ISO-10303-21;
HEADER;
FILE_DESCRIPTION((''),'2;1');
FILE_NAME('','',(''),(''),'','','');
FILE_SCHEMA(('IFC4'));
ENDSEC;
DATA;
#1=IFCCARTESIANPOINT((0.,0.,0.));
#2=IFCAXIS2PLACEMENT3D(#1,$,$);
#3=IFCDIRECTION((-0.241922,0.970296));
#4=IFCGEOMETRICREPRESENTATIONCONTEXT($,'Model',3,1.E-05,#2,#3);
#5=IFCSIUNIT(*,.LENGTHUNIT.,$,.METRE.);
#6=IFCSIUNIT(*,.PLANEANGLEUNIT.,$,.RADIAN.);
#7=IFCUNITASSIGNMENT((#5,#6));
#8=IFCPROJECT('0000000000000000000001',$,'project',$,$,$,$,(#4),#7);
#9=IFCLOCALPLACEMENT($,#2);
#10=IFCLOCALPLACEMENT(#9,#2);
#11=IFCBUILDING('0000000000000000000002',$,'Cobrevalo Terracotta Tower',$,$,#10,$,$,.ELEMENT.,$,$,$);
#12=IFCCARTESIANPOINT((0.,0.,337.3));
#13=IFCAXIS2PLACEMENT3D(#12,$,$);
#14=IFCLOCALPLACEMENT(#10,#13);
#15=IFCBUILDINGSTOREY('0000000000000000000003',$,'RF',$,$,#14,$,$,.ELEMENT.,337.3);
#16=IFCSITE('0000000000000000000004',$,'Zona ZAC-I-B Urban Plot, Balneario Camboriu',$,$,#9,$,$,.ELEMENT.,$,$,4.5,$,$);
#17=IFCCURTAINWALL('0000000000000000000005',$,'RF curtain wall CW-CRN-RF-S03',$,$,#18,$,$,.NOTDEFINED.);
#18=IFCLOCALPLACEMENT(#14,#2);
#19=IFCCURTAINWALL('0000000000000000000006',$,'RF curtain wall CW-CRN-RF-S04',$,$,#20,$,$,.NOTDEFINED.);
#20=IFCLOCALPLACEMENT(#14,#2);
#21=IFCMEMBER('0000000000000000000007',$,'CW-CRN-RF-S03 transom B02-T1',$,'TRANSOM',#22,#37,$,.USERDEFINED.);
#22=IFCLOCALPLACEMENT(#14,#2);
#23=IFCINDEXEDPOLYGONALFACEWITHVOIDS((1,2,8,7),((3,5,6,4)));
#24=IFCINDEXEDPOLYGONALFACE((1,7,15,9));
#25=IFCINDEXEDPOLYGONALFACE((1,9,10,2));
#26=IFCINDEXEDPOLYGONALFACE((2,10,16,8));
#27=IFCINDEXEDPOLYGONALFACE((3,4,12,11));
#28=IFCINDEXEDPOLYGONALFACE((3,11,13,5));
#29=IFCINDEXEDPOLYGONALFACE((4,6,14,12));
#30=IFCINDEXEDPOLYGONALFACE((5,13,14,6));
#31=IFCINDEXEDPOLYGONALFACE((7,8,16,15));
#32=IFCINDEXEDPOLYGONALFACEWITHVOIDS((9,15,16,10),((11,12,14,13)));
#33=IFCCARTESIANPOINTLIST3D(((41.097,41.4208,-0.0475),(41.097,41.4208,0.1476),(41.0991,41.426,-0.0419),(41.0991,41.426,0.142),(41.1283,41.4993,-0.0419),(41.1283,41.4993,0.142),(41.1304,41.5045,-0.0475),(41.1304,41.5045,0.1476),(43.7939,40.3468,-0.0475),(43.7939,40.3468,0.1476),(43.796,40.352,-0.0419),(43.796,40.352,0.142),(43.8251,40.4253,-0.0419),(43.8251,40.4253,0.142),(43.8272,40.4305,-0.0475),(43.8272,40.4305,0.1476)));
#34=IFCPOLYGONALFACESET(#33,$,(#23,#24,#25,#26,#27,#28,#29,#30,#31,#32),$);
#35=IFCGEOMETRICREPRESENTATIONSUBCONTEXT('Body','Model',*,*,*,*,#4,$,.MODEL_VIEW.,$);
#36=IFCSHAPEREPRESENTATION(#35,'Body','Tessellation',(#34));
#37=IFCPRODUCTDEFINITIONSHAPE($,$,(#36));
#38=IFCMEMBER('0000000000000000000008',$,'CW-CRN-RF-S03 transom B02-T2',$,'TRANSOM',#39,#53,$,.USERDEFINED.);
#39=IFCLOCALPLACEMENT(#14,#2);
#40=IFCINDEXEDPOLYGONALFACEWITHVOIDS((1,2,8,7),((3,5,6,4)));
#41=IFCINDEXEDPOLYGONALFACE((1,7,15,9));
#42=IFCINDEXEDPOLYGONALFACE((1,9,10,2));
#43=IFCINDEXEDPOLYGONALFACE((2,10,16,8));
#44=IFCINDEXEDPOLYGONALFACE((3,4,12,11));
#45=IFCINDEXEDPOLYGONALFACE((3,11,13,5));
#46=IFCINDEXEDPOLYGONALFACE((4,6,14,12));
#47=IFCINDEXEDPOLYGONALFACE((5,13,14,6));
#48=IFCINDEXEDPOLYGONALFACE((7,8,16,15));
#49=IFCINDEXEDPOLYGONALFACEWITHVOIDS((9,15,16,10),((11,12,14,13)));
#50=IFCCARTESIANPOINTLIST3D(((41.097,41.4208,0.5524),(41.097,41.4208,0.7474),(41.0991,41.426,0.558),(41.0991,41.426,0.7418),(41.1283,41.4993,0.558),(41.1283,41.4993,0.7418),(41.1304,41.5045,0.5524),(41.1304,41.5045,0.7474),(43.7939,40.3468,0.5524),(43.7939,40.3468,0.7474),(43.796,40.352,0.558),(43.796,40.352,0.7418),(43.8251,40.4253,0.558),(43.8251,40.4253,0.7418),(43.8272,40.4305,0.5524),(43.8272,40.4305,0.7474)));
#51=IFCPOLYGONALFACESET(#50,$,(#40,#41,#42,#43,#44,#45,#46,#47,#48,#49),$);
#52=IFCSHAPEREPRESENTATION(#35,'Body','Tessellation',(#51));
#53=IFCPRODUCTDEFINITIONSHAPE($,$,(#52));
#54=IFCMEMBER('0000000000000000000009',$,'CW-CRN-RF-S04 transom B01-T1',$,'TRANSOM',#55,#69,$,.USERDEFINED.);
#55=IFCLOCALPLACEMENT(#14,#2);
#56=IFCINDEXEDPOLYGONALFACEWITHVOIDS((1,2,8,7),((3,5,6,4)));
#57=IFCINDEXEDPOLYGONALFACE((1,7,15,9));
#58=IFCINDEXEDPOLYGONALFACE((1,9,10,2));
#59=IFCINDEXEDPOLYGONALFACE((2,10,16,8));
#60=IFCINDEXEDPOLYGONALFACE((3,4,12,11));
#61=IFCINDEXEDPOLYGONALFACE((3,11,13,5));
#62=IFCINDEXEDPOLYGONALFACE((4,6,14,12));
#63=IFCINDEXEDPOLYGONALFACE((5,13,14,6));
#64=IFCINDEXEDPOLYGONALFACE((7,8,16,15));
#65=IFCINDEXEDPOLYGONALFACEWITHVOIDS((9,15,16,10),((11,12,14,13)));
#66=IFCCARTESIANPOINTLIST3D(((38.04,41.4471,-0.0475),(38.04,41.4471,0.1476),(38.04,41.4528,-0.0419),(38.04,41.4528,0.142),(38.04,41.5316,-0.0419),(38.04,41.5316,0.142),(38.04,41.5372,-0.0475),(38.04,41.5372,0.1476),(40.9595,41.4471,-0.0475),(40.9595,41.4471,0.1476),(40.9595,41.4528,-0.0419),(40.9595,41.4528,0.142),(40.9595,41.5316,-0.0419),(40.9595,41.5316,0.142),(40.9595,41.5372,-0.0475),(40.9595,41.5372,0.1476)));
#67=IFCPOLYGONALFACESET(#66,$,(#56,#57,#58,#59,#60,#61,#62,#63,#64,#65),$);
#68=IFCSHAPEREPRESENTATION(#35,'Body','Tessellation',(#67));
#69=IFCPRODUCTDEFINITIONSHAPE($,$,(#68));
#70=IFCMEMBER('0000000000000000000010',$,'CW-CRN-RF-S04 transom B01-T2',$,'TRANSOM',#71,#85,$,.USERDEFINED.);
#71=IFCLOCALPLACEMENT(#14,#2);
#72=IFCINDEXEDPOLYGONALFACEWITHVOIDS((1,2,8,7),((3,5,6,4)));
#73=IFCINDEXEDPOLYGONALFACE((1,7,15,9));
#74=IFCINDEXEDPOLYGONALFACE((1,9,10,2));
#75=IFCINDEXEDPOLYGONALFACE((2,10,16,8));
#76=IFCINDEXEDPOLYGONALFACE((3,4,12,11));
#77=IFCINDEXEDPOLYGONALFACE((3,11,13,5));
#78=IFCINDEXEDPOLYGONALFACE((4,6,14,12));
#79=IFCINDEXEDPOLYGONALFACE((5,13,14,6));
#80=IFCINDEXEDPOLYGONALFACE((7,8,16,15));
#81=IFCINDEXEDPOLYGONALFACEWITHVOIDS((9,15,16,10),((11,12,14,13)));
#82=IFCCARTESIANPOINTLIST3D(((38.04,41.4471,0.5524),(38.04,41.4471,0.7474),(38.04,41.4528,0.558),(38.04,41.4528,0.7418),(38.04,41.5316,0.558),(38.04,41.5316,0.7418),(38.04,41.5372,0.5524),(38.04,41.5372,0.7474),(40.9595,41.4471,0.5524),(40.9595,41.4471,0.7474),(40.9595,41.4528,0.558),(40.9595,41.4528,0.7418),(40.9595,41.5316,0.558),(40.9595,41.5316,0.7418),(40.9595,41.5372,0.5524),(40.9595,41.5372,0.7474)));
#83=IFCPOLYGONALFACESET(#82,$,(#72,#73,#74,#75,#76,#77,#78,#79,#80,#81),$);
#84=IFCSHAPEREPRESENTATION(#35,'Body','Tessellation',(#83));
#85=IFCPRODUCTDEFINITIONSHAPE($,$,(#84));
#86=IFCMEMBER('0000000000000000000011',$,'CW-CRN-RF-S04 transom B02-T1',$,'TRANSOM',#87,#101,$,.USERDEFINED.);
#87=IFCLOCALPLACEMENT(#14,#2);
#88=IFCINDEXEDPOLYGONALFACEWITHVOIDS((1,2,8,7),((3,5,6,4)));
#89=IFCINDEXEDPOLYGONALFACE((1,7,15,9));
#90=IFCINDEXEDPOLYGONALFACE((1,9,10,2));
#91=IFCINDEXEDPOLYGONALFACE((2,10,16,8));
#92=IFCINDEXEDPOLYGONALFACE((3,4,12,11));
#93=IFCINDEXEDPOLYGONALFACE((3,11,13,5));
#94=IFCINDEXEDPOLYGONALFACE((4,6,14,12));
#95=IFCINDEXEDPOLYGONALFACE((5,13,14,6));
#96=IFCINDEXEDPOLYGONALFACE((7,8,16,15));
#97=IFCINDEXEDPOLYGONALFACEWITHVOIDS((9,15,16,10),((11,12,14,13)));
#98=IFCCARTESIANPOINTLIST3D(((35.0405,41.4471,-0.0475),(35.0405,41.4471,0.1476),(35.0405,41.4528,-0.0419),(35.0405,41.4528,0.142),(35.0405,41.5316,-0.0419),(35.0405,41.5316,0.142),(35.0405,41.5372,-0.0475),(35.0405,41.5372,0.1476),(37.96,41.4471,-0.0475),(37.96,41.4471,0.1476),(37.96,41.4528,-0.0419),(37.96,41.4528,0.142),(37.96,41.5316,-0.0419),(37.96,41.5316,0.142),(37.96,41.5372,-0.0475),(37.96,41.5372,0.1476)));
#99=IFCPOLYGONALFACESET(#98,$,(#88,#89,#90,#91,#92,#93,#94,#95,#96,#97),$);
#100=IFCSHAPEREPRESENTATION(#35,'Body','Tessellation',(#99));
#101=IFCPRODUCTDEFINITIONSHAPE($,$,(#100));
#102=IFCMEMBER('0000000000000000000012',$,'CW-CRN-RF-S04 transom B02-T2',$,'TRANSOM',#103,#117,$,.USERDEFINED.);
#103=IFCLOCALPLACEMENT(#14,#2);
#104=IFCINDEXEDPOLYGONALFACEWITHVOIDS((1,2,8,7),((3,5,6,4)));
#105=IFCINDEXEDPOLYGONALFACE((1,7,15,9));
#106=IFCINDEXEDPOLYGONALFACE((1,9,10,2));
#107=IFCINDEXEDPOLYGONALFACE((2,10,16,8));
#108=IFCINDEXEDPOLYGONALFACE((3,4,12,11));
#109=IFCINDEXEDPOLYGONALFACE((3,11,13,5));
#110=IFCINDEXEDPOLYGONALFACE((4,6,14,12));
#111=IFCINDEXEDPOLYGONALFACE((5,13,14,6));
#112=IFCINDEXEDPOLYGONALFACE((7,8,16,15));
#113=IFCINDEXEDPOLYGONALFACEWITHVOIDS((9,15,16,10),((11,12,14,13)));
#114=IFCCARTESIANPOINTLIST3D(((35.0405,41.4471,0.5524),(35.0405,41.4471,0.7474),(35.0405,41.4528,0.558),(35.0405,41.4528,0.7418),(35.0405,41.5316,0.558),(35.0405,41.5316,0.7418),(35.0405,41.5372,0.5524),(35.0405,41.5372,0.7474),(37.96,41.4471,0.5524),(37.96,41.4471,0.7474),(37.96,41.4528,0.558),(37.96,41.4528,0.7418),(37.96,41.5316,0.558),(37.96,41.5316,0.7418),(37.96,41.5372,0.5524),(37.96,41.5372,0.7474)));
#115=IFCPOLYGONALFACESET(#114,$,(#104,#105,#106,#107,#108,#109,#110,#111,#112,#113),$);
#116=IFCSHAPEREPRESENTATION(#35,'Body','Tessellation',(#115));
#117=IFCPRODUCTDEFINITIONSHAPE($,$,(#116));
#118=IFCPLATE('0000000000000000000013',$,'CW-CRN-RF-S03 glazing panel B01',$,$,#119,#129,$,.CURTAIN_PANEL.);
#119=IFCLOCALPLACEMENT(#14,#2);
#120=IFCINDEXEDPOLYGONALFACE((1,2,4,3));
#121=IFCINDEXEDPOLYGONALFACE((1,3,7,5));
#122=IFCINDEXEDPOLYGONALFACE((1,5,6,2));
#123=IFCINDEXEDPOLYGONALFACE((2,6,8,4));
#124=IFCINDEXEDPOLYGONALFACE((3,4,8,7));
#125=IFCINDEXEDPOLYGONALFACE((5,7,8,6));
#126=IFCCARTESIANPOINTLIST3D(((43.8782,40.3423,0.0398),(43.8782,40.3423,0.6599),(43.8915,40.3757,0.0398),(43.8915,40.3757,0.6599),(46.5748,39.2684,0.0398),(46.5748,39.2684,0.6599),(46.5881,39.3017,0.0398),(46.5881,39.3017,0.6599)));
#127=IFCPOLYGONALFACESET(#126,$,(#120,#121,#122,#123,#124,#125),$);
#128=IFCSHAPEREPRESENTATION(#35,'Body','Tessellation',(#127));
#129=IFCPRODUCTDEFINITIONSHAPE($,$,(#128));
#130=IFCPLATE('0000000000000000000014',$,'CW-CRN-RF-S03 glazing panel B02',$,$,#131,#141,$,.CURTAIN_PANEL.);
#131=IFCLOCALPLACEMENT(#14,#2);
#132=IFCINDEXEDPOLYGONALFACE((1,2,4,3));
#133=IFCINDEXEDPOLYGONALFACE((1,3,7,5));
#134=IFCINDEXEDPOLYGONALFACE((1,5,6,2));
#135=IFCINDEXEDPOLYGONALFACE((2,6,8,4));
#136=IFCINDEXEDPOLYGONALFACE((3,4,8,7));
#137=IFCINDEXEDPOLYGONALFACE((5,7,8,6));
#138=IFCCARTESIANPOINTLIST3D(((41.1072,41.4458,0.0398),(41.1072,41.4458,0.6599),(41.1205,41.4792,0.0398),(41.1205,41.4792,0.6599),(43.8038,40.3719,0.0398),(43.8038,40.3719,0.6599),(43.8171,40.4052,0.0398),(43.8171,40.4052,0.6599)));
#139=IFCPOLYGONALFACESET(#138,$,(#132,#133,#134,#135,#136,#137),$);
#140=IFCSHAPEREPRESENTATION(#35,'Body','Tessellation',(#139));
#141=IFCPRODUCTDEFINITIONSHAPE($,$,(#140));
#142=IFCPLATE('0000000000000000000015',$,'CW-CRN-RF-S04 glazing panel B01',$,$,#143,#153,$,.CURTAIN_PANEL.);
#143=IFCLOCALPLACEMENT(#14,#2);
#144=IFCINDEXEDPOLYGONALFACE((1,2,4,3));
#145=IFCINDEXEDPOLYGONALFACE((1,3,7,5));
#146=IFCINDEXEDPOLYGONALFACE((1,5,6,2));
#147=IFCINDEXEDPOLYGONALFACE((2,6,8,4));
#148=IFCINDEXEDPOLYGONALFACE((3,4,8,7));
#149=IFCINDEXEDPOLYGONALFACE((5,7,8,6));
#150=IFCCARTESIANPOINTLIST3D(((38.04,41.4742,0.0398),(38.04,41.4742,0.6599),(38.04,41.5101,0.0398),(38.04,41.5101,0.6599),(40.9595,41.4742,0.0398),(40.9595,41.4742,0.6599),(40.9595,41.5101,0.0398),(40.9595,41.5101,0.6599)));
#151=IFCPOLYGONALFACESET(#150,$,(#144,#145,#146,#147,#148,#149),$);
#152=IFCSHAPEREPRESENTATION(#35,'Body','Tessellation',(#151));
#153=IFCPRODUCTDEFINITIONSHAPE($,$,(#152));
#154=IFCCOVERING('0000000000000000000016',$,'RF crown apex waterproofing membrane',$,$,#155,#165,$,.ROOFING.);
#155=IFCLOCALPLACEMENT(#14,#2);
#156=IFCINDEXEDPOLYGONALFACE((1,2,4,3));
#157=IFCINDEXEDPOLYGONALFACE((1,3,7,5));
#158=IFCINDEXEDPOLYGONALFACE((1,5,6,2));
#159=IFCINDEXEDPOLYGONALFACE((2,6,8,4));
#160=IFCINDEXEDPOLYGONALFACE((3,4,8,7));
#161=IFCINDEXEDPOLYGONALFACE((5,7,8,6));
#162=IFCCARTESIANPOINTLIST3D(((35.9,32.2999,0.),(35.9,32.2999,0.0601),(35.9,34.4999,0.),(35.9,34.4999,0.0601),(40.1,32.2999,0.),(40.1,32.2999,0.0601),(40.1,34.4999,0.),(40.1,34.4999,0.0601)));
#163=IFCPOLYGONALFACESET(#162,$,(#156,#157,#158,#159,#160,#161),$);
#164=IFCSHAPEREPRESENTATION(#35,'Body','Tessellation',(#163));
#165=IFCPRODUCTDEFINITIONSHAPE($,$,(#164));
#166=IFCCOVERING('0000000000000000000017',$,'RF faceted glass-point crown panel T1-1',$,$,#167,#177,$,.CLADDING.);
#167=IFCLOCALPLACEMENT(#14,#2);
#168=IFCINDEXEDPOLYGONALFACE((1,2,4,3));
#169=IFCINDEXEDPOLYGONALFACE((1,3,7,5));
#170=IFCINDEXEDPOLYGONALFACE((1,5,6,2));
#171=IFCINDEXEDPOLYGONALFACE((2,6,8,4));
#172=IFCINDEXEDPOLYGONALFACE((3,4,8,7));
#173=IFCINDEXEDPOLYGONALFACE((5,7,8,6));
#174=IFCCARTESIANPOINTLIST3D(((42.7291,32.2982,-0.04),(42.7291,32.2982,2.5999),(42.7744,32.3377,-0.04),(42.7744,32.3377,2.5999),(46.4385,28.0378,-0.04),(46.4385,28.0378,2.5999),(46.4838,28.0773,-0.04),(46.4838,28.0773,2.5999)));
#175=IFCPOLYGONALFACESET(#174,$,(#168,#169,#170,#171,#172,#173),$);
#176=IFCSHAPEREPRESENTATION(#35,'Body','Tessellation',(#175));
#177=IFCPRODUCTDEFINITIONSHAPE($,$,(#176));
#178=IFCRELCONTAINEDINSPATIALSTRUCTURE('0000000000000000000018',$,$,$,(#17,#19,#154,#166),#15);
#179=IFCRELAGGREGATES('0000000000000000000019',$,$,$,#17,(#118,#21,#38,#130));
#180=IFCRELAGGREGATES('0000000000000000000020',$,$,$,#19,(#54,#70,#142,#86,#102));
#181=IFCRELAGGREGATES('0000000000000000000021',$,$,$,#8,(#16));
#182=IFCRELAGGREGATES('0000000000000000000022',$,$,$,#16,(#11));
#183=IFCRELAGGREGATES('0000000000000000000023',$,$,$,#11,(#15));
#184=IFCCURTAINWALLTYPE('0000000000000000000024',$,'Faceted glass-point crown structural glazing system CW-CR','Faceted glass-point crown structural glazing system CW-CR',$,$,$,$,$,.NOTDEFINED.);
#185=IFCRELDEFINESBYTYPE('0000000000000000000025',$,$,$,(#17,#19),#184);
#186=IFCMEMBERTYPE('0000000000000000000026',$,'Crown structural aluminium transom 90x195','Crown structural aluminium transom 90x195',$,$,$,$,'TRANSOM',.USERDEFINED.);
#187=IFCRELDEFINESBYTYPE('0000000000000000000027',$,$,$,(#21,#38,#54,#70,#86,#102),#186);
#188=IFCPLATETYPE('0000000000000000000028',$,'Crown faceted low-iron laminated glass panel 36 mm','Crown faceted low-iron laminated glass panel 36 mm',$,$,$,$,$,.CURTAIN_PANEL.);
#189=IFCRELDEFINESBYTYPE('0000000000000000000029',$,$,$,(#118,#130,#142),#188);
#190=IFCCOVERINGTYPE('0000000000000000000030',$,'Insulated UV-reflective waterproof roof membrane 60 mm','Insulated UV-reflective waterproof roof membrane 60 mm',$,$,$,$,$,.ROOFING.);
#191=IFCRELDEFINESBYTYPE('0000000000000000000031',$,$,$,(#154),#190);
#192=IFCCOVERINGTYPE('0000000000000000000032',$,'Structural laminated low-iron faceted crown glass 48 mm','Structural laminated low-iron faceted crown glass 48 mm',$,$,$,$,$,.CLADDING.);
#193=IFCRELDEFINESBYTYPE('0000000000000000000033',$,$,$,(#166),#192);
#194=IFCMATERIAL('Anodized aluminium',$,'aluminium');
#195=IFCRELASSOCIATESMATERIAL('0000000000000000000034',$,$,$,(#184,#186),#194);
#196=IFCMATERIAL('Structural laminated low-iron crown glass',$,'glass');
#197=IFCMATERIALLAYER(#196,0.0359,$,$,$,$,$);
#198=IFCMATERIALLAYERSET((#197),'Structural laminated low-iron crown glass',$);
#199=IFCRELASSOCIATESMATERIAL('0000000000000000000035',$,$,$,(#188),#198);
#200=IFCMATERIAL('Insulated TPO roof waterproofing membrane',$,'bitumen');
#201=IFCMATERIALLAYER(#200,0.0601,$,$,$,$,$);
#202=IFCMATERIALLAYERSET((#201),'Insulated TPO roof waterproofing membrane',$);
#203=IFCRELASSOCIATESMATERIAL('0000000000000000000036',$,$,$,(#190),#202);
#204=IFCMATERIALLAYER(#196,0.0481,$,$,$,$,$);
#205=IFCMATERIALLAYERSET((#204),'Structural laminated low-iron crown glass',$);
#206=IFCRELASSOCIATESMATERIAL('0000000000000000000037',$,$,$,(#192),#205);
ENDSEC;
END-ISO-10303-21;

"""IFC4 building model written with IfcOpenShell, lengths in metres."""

from ifc_helpers import new_model, si_unit, direction, frame, origin, origin_2d, place, context, subcontext, project, spatial, rectangle, hollow_rectangle, extrude, source, transform, mapped, material, layer, layer_set, material_profile, profile_set, type_object, element, aggregate, save


model = new_model("IFC4")

# Units and contexts
model_context = context("Model", 3, precision=1e-05, world=origin(), true_north=direction((-0.241922, 0.970296)))
body_context = subcontext(model_context, "Body", "Model", "MODEL_VIEW")
ifc_project = project(units=[si_unit("LENGTHUNIT", "METRE"), si_unit("PLANEANGLEUNIT", "RADIAN")], contexts=[model_context])

# Site, building, storey
site_placement = place(None, origin())
site = spatial("IfcSite", under=ifc_project, at=site_placement, Name="Zona ZAC-I-B Urban Plot, Balneario Camboriu", CompositionType="ELEMENT", RefElevation=4.5)
building_placement = place(site_placement, origin())
building = spatial("IfcBuilding", under=site, at=building_placement, Name="Cobrevalo Terracotta Tower", CompositionType="ELEMENT")
storey_placement = place(building_placement, frame((0.0, 0.0, 337.3)))
storey = spatial("IfcBuildingStorey", under=building, at=storey_placement, Name="RF", CompositionType="ELEMENT", Elevation=337.3)

# Curtain walls
ifc_material_1 = material(Name="Anodized aluminium", Category="aluminium")
curtain_wall_type = type_object("IfcCurtainWallType", Name="Faceted glass-point crown structural glazing system CW-CR", Description="Faceted glass-point crown structural glazing system CW-CR", PredefinedType="NOTDEFINED", material=ifc_material_1)
curtain_wall_1_placement = place(storey_placement, origin())
curtain_wall_1 = element("IfcCurtainWall", 1, at=curtain_wall_1_placement, inside=storey, type_object=curtain_wall_type, Name="RF curtain wall CW-CRN-RF-S03", PredefinedType="NOTDEFINED")
curtain_wall_2_placement = place(storey_placement, origin())
curtain_wall_2 = element("IfcCurtainWall", 2, at=curtain_wall_2_placement, inside=storey, type_object=curtain_wall_type, Name="RF curtain wall CW-CRN-RF-S04", PredefinedType="NOTDEFINED")

# Members
ifc_material_profile_1 = material_profile(ifc_material_1, hollow_rectangle(XDim=0.0901, YDim=0.1951, WallThickness=0.0056, at=origin_2d()), Name="CWT 90x195")
ifc_profile_set_1 = profile_set([ifc_material_profile_1], Name="Anodized aluminium")
member_type_1 = type_object("IfcMemberType", Name="Crown structural aluminium transom 90x195", Description="Crown structural aluminium transom 90x195", ElementType="TRANSOM", PredefinedType="USERDEFINED", material=ifc_profile_set_1)
shared_shape_1 = source(origin(), body_context, "Body", "SweptSolid", [
    extrude(hollow_rectangle(XDim=0.0901, YDim=0.1951, WallThickness=0.0056, at=origin_2d()), origin(), (0.0, 0.0, 1.0), 2.9028),
])
member_1_placement = place(storey_placement, frame((43.8105, 40.3887, 0.05), z_axis=(-0.929038, 0.369984, 0.0), x_axis=(-0.369984, -0.929038, 0.0)))
member_1 = element("IfcMember", 3, at=member_1_placement, type_object=member_type_1, Name="CW-CRN-RF-S03 transom B02-T1", ObjectType="TRANSOM", PredefinedType="USERDEFINED", context=body_context, shape_type="MappedRepresentation", body=[
    mapped(shared_shape_1, transform((0.0, 0.0, 0.0), scale=1.0)),
])
member_2_placement = place(storey_placement, frame((43.8105, 40.3887, 0.6499), z_axis=(-0.929038, 0.369984, 0.0), x_axis=(-0.369984, -0.929038, 0.0)))
member_2 = element("IfcMember", 4, at=member_2_placement, type_object=member_type_1, Name="CW-CRN-RF-S03 transom B02-T2", ObjectType="TRANSOM", PredefinedType="USERDEFINED", context=body_context, shape_type="MappedRepresentation", body=[
    mapped(shared_shape_1, transform((0.0, 0.0, 0.0), scale=1.0)),
])
shared_shape_2 = source(origin(), body_context, "Body", "SweptSolid", [
    extrude(hollow_rectangle(XDim=0.0901, YDim=0.1951, WallThickness=0.0056, at=origin_2d()), origin(), (0.0, 0.0, 1.0), 2.9194),
])
member_3_placement = place(storey_placement, frame((40.9595, 41.4922, 0.05), z_axis=(-1.0, 0.0, 0.0), x_axis=(0.0, -1.0, 0.0)))
member_3 = element("IfcMember", 5, at=member_3_placement, type_object=member_type_1, Name="CW-CRN-RF-S04 transom B01-T1", ObjectType="TRANSOM", PredefinedType="USERDEFINED", context=body_context, shape_type="MappedRepresentation", body=[
    mapped(shared_shape_2, transform((0.0, 0.0, 0.0), scale=1.0)),
])
member_4_placement = place(storey_placement, frame((40.9595, 41.4922, 0.6499), z_axis=(-1.0, 0.0, 0.0), x_axis=(0.0, -1.0, 0.0)))
member_4 = element("IfcMember", 6, at=member_4_placement, type_object=member_type_1, Name="CW-CRN-RF-S04 transom B01-T2", ObjectType="TRANSOM", PredefinedType="USERDEFINED", context=body_context, shape_type="MappedRepresentation", body=[
    mapped(shared_shape_2, transform((0.0, 0.0, 0.0), scale=1.0)),
])
member_5_placement = place(storey_placement, frame((37.96, 41.4922, 0.05), z_axis=(-1.0, 0.0, 0.0), x_axis=(0.0, -1.0, 0.0)))
member_5 = element("IfcMember", 7, at=member_5_placement, type_object=member_type_1, Name="CW-CRN-RF-S04 transom B02-T1", ObjectType="TRANSOM", PredefinedType="USERDEFINED", context=body_context, shape_type="MappedRepresentation", body=[
    mapped(shared_shape_2, transform((0.0, 0.0, 0.0), scale=1.0)),
])
member_6_placement = place(storey_placement, frame((37.96, 41.4922, 0.6499), z_axis=(-1.0, 0.0, 0.0), x_axis=(0.0, -1.0, 0.0)))
member_6 = element("IfcMember", 8, at=member_6_placement, type_object=member_type_1, Name="CW-CRN-RF-S04 transom B02-T2", ObjectType="TRANSOM", PredefinedType="USERDEFINED", context=body_context, shape_type="MappedRepresentation", body=[
    mapped(shared_shape_2, transform((0.0, 0.0, 0.0), scale=1.0)),
])

# Plates
ifc_material_2 = material(Name="Structural laminated low-iron crown glass", Category="glass")
ifc_layer_1 = layer(ifc_material_2, 0.0359)
ifc_layer_set_1 = layer_set([ifc_layer_1], Name="Structural laminated low-iron crown glass")
plate_type = type_object("IfcPlateType", Name="Crown faceted low-iron laminated glass panel 36 mm", Description="Crown faceted low-iron laminated glass panel 36 mm", PredefinedType="CURTAIN_PANEL", material=ifc_layer_set_1)
shared_shape_3 = source(origin(), body_context, "Body", "SweptSolid", [
    extrude(rectangle(XDim=2.9026, YDim=0.0359, at=origin_2d()), origin(), (0.0, 0.0, 1.0), 0.6201),
])
plate_1_placement = place(storey_placement, frame((45.2332, 39.822, 0.0398), z_axis=(0.0, 0.0, 1.0), x_axis=(-0.929033, 0.369998, 0.0)))
plate_1 = element("IfcPlate", 9, at=plate_1_placement, type_object=plate_type, Name="CW-CRN-RF-S03 glazing panel B01", PredefinedType="CURTAIN_PANEL", context=body_context, shape_type="MappedRepresentation", body=[
    mapped(shared_shape_3, transform((0.0, 0.0, 0.0), scale=1.0)),
])
plate_2_placement = place(storey_placement, frame((42.4622, 40.9255, 0.0398), z_axis=(0.0, 0.0, 1.0), x_axis=(-0.929033, 0.369998, 0.0)))
plate_2 = element("IfcPlate", 10, at=plate_2_placement, type_object=plate_type, Name="CW-CRN-RF-S03 glazing panel B02", PredefinedType="CURTAIN_PANEL", context=body_context, shape_type="MappedRepresentation", body=[
    mapped(shared_shape_3, transform((0.0, 0.0, 0.0), scale=1.0)),
])
aggregate(curtain_wall_1, [plate_1, member_1, member_2, plate_2])
shared_shape_4 = source(origin(), body_context, "Body", "SweptSolid", [
    extrude(rectangle(XDim=2.9194, YDim=0.0359, at=origin_2d()), origin(), (0.0, 0.0, 1.0), 0.6201),
])
plate_3_placement = place(storey_placement, frame((39.4998, 41.4922, 0.0398), z_axis=(0.0, 0.0, 1.0), x_axis=(-1.0, 0.0, 0.0)))
plate_3 = element("IfcPlate", 11, at=plate_3_placement, type_object=plate_type, Name="CW-CRN-RF-S04 glazing panel B01", PredefinedType="CURTAIN_PANEL", context=body_context, shape_type="MappedRepresentation", body=[
    mapped(shared_shape_4, transform((0.0, 0.0, 0.0), scale=1.0)),
])
aggregate(curtain_wall_2, [member_3, member_4, plate_3, member_5, member_6])

# Coverings
ifc_material_3 = material(Name="Insulated TPO roof waterproofing membrane", Category="bitumen")
ifc_layer_2 = layer(ifc_material_3, 0.0601)
ifc_layer_set_2 = layer_set([ifc_layer_2], Name="Insulated TPO roof waterproofing membrane")
covering_type_1 = type_object("IfcCoveringType", Name="Insulated UV-reflective waterproof roof membrane 60 mm", Description="Insulated UV-reflective waterproof roof membrane 60 mm", PredefinedType="ROOFING", material=ifc_layer_set_2)
shared_shape_5 = source(origin(), body_context, "Body", "SweptSolid", [
    extrude(rectangle(XDim=4.2, YDim=2.2, at=origin_2d()), origin(), (0.0, 0.0, 1.0), 0.0601),
])
covering_1_placement = place(storey_placement, frame((38.0, 33.3999, 0.0), z_axis=(0.0, 0.0, 1.0), x_axis=(1.0, 0.0, 0.0)))
element("IfcCovering", 12, at=covering_1_placement, inside=storey, type_object=covering_type_1, Name="RF crown apex waterproofing membrane", PredefinedType="ROOFING", context=body_context, shape_type="MappedRepresentation", body=[
    mapped(shared_shape_5, transform((0.0, 0.0, 0.0), scale=1.0)),
])
ifc_layer_3 = layer(ifc_material_2, 0.0481)
ifc_layer_set_3 = layer_set([ifc_layer_3], Name="Structural laminated low-iron crown glass")
covering_type_2 = type_object("IfcCoveringType", Name="Structural laminated low-iron faceted crown glass 48 mm", Description="Structural laminated low-iron faceted crown glass 48 mm", PredefinedType="CLADDING", material=ifc_layer_set_3)
shared_shape_6 = source(origin(), body_context, "Body", "SweptSolid", [
    extrude(rectangle(XDim=5.6489, YDim=0.0601, at=origin_2d()), origin(), (0.0, 0.0, 1.0), 2.6399),
])
covering_2_placement = place(storey_placement, frame((44.6064, 30.1877, -0.04), z_axis=(0.0, 0.0, 1.0), x_axis=(-0.656648, 0.754198, 0.0)))
element("IfcCovering", 13, at=covering_2_placement, inside=storey, type_object=covering_type_2, Name="RF faceted glass-point crown panel T1-1", PredefinedType="CLADDING", context=body_context, shape_type="MappedRepresentation", body=[
    mapped(shared_shape_6, transform((0.0, 0.0, 0.0), scale=1.0)),
])

save(model, "model.ifc")
